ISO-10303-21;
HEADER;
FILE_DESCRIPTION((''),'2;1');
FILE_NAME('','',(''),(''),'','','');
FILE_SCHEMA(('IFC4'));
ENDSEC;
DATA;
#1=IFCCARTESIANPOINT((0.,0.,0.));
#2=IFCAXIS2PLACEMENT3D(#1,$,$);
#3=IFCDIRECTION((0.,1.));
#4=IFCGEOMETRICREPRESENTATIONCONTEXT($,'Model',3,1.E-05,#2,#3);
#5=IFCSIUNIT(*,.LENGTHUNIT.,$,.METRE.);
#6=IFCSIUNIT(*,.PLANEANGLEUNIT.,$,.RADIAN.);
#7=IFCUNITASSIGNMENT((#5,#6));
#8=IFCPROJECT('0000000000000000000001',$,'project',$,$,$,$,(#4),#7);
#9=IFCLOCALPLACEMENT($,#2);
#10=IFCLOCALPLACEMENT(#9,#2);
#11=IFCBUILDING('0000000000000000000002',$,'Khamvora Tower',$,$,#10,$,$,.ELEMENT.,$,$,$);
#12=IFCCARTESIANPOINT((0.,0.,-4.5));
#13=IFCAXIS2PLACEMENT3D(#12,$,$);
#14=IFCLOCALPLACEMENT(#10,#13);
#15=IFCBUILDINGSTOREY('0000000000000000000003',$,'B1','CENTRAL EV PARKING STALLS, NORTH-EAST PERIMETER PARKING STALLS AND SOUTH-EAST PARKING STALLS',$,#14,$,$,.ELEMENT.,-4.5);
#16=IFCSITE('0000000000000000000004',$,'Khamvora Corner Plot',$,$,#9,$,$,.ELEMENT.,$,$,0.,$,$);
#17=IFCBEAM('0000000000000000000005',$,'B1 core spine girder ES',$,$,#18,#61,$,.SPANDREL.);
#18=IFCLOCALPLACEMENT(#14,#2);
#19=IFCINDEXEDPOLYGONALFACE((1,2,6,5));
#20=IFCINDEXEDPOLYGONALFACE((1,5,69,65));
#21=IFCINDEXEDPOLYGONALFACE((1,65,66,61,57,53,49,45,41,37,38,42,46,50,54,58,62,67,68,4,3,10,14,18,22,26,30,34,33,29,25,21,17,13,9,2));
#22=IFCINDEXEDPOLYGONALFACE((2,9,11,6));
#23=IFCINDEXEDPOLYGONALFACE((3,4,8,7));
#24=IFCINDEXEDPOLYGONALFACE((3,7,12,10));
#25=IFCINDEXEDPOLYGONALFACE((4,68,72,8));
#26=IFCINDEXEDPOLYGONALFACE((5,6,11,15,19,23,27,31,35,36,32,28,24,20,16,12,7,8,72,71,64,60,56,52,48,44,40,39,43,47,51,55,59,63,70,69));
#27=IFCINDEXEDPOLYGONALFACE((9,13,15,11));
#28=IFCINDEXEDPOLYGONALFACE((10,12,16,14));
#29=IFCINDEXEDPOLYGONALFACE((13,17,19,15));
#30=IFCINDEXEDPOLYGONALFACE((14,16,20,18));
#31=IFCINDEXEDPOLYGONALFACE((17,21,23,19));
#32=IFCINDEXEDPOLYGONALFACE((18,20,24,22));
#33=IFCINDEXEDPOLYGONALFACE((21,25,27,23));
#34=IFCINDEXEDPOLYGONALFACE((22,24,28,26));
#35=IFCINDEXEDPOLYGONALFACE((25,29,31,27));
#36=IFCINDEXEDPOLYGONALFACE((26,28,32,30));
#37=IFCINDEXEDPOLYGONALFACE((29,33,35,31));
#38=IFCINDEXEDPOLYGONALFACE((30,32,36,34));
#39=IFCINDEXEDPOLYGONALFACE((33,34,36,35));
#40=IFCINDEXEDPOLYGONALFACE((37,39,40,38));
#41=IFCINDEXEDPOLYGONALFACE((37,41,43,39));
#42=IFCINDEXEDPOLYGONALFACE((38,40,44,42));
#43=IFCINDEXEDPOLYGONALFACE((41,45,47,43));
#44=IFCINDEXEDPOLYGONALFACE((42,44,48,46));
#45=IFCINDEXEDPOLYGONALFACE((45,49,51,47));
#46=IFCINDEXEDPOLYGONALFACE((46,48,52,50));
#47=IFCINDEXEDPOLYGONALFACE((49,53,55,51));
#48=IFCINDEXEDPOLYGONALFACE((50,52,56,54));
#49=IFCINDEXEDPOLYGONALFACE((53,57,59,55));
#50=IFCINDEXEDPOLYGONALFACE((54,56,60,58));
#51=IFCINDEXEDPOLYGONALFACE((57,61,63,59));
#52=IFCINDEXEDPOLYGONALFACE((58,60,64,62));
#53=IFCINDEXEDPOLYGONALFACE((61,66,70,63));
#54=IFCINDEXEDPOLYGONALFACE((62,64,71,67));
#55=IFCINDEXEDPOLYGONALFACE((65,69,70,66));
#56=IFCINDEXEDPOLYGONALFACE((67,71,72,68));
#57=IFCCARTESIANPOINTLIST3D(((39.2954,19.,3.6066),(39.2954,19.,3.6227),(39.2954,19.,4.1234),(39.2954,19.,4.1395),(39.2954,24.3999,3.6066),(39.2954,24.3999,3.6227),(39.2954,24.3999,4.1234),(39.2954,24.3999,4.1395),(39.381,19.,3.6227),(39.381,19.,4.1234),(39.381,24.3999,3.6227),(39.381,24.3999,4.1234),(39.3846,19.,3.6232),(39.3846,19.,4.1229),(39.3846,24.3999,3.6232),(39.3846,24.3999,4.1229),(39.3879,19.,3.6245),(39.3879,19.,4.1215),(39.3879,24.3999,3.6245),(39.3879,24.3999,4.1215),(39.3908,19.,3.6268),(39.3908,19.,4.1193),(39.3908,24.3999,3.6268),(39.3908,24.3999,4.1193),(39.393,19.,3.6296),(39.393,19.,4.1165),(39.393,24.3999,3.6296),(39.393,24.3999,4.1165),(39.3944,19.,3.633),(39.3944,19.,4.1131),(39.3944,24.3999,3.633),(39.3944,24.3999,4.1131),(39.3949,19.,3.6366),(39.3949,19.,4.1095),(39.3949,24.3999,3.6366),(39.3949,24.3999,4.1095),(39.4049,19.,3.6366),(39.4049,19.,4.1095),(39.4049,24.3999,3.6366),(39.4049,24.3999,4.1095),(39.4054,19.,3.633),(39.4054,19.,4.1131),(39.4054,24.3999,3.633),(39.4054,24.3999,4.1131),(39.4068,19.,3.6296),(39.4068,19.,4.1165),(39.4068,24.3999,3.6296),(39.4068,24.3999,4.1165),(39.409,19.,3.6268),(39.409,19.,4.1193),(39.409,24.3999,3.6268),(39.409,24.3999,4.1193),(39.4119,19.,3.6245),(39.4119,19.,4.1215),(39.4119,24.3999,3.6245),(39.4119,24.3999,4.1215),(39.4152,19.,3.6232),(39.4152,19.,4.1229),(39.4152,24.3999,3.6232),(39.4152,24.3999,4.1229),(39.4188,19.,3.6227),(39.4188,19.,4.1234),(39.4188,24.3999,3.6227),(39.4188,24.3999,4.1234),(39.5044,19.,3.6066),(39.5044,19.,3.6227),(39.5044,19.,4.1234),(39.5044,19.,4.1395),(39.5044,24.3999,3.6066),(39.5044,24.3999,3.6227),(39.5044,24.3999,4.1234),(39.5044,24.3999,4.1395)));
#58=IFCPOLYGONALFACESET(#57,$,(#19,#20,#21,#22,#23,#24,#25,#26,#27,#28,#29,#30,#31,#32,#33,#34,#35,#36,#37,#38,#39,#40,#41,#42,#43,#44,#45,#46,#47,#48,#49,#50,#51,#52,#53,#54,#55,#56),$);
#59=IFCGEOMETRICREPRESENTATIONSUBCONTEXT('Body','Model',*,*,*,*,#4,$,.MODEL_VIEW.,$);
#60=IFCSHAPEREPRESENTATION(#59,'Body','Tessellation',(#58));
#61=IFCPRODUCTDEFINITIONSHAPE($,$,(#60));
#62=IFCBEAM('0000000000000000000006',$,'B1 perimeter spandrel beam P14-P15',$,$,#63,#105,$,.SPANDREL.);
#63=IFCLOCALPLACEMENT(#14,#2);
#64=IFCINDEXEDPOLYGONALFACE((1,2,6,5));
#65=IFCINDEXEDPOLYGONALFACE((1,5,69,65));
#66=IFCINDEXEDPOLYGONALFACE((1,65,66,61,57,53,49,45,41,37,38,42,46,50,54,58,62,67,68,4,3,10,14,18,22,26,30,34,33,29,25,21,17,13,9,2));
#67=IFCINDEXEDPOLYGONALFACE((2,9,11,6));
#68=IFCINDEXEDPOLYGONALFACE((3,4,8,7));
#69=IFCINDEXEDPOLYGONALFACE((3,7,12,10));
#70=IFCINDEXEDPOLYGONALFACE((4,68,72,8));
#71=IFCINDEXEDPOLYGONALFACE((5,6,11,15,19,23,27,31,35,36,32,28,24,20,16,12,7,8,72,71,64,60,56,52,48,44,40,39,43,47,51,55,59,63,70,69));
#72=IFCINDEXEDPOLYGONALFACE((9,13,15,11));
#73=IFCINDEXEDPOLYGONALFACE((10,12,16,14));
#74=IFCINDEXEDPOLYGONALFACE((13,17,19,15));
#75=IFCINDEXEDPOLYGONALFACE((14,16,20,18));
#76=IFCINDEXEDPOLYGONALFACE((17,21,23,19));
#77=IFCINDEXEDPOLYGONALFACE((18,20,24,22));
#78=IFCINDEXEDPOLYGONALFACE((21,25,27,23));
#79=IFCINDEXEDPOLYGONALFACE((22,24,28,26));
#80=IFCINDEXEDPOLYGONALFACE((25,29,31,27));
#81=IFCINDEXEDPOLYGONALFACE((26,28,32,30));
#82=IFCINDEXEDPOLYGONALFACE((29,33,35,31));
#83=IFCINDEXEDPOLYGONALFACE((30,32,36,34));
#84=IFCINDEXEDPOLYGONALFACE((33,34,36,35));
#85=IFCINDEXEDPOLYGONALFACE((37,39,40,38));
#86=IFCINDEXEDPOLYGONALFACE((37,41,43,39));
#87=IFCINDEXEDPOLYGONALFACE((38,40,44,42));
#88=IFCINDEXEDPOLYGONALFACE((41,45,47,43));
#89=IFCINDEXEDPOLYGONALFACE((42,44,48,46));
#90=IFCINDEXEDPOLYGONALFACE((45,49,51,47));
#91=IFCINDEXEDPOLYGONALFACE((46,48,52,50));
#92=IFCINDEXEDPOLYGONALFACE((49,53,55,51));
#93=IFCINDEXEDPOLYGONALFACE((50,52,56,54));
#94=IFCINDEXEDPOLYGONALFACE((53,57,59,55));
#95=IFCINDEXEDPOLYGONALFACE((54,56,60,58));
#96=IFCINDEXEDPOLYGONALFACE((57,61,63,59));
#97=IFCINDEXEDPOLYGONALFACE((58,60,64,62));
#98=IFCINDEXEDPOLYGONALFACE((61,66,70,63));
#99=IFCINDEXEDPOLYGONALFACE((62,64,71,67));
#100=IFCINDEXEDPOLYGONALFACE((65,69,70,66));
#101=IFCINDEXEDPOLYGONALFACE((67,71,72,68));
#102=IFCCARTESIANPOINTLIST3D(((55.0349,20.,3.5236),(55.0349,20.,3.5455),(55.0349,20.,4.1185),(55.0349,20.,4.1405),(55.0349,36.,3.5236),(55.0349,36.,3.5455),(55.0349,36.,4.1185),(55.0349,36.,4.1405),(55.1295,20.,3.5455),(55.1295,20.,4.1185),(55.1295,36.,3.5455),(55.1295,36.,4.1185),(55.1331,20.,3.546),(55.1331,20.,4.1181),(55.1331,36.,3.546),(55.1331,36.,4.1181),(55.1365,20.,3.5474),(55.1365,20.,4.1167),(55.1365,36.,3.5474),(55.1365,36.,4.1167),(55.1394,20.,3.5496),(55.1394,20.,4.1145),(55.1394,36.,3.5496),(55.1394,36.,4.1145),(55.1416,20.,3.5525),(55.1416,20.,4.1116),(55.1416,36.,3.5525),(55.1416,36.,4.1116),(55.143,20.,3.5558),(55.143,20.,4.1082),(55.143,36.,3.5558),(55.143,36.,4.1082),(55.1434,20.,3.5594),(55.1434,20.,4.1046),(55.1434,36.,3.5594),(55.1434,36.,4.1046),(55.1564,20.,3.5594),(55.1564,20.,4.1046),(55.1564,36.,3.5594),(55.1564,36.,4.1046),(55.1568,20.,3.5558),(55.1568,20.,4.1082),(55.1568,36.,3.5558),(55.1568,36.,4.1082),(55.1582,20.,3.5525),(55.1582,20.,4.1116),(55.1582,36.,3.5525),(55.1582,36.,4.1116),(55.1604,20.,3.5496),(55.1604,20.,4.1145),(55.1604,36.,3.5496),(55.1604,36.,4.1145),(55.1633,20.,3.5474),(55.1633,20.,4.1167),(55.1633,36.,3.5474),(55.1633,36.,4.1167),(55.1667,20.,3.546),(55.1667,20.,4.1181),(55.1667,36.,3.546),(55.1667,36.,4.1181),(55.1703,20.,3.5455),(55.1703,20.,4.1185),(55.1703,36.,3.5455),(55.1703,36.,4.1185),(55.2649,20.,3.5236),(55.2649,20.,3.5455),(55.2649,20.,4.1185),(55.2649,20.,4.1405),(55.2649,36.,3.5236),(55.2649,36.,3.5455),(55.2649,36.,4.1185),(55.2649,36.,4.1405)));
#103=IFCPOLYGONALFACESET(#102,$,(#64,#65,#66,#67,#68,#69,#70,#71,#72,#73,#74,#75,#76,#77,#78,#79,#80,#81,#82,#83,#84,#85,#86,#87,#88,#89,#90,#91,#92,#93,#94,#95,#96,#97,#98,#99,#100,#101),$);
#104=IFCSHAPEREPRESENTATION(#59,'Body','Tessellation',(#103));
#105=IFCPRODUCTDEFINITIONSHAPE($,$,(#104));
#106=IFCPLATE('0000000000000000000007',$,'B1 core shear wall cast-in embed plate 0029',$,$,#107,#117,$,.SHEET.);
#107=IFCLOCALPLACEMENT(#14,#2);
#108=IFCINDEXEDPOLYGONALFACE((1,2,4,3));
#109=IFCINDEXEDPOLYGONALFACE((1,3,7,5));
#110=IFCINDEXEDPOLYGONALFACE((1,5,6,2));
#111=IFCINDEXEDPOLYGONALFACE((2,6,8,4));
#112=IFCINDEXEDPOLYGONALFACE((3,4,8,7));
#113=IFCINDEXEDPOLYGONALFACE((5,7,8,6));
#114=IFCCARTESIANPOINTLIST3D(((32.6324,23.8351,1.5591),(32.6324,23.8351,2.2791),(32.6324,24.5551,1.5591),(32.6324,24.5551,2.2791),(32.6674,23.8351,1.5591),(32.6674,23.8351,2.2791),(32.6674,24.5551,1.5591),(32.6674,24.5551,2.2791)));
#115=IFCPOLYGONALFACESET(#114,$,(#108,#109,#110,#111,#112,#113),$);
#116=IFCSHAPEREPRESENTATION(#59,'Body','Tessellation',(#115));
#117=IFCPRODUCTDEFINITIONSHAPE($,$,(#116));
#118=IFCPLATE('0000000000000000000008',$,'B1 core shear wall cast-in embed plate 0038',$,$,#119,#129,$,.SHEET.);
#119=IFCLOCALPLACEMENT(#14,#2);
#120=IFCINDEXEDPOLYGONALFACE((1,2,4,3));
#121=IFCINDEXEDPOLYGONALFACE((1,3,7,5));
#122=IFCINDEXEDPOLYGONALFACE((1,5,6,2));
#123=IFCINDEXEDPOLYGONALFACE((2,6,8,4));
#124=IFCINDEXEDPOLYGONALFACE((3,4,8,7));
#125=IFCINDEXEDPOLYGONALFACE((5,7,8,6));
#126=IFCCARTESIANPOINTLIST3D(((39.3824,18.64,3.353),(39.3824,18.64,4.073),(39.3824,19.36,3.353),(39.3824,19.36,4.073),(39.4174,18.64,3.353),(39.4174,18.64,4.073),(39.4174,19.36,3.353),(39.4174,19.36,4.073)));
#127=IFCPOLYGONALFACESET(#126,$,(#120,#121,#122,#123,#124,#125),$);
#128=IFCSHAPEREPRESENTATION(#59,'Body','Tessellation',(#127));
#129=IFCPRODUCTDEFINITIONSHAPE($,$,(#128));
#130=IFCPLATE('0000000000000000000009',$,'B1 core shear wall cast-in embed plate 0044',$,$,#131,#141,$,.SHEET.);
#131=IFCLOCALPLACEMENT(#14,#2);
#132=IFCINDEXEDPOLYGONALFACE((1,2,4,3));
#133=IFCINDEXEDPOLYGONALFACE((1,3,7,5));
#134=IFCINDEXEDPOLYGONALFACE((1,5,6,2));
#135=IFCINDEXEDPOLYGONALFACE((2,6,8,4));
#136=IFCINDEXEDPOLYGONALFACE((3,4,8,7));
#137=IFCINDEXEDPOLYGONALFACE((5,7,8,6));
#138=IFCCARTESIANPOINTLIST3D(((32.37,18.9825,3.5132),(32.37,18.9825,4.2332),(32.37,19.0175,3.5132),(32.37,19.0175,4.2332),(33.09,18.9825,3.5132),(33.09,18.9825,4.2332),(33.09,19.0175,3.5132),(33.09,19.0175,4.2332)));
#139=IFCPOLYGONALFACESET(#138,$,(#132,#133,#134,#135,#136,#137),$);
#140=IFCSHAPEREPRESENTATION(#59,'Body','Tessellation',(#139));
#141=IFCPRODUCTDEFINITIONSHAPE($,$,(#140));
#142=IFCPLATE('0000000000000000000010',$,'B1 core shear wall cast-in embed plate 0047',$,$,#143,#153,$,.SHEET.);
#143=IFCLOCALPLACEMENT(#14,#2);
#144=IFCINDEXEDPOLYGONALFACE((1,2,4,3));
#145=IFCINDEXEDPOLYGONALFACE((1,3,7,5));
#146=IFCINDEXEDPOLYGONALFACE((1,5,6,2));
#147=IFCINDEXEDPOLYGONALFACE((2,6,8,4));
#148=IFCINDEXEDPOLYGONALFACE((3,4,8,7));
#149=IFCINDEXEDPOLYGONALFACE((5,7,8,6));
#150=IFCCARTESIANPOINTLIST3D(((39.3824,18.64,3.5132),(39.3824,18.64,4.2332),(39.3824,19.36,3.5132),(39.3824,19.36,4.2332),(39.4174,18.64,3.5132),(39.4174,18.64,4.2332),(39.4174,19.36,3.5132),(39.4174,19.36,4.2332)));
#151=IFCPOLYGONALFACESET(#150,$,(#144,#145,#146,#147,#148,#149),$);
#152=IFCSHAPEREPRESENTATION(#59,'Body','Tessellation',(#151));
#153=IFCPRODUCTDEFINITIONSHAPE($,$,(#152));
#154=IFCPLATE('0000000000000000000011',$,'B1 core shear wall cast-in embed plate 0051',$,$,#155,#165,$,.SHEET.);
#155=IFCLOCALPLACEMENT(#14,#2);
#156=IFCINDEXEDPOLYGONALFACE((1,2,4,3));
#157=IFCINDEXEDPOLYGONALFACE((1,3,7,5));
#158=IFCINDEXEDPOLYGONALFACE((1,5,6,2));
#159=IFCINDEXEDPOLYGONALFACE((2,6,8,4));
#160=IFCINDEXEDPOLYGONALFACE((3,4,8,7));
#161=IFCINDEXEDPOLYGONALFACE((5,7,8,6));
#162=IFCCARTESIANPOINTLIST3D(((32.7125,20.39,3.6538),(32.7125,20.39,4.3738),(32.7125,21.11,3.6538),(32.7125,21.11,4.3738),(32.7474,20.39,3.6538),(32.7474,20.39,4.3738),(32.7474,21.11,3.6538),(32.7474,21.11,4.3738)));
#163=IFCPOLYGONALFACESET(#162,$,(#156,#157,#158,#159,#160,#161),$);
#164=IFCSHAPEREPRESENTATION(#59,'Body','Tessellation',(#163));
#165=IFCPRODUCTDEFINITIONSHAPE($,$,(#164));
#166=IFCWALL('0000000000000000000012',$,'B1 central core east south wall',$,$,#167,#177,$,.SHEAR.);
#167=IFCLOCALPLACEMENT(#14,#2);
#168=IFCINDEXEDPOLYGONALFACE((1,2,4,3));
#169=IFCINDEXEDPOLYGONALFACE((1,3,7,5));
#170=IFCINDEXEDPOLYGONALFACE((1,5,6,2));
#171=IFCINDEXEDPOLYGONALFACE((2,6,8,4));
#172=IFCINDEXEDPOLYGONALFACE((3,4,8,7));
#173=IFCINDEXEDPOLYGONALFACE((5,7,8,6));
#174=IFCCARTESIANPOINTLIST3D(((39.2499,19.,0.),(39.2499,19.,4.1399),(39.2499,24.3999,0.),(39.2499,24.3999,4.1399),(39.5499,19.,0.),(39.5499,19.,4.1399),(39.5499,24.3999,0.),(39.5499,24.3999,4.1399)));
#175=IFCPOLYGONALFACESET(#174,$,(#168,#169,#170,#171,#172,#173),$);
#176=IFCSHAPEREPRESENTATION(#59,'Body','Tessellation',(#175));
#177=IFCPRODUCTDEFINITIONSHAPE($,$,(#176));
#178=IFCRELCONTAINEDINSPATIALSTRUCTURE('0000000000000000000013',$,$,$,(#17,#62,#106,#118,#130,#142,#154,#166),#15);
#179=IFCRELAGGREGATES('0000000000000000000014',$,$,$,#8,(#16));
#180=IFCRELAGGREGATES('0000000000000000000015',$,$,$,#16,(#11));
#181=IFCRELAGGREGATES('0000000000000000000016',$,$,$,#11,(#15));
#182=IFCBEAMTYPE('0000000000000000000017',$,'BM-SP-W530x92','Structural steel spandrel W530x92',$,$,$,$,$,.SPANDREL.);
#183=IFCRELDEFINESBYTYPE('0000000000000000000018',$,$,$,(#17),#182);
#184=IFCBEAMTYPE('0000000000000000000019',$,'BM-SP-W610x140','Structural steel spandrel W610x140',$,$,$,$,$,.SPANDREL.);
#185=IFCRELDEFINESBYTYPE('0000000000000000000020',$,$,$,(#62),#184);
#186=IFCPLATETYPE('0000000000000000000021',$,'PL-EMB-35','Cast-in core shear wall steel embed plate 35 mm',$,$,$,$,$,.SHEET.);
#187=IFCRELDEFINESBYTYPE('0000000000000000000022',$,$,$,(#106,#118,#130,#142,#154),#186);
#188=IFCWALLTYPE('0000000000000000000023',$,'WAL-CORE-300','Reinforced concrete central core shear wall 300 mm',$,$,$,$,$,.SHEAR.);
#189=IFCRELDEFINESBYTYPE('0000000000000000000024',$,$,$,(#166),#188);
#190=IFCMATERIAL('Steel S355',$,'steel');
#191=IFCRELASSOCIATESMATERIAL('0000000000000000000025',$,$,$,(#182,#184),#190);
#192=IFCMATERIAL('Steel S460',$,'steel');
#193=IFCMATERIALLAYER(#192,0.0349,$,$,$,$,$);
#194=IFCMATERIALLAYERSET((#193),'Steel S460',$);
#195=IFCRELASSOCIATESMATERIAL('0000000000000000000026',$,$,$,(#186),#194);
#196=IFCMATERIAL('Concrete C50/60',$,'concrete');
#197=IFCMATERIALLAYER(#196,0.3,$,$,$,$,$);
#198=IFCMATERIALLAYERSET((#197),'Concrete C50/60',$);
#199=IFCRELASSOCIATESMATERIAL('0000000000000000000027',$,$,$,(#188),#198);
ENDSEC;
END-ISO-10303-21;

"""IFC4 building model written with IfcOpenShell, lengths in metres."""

from ifc_helpers import new_model, si_unit, direction, frame, frame_2d, origin, origin_2d, place, context, subcontext, project, spatial, rectangle, i_section, extrude, material, layer, layer_set, material_profile, profile_set, type_object, element, save


model = new_model("IFC4")

# Units and contexts
model_context = context("Model", 3, precision=1e-05, world=origin(), true_north=direction((0.0, 1.0)))
body_context = subcontext(model_context, "Body", "Model", "MODEL_VIEW")
ifc_project = project(units=[si_unit("LENGTHUNIT", "METRE"), si_unit("PLANEANGLEUNIT", "RADIAN")], contexts=[model_context])

# Site, building, storey
site_placement = place(None, origin())
site = spatial("IfcSite", under=ifc_project, at=site_placement, Name="Khamvora Corner Plot", CompositionType="ELEMENT", RefElevation=0.0)
building_placement = place(site_placement, origin())
building = spatial("IfcBuilding", under=site, at=building_placement, Name="Khamvora Tower", CompositionType="ELEMENT")
storey_placement = place(building_placement, frame((0.0, 0.0, -4.5)))
storey = spatial("IfcBuildingStorey", under=building, at=storey_placement, Name="B1", Description="CENTRAL EV PARKING STALLS, NORTH-EAST PERIMETER PARKING STALLS AND SOUTH-EAST PARKING STALLS", CompositionType="ELEMENT", Elevation=-4.5)

# Shared definitions
ifc_material_1 = material(Name="Steel S460", Category="steel")

# Beams
ifc_material_2 = material(Name="Steel S355", Category="steel")
ifc_material_profile_1 = material_profile(ifc_material_2, i_section(OverallWidth=0.209, OverallDepth=0.533, WebThickness=0.01, FlangeThickness=0.0161, FilletRadius=0.0139, at=origin_2d()), Name="W530x92")
ifc_profile_set_1 = profile_set([ifc_material_profile_1], Name="Steel S355")
beam_type_1 = type_object("IfcBeamType", Name="BM-SP-W530x92", Description="Structural steel spandrel W530x92", PredefinedType="SPANDREL", material=ifc_profile_set_1)
beam_1_placement = place(storey_placement, frame((39.3999, 19.0, 3.873), z_axis=(0.0, 1.0, 0.0), x_axis=(-1.0, 0.0, 0.0)))
element("IfcBeam", 1, at=beam_1_placement, inside=storey, type_object=beam_type_1, Name="B1 core spine girder ES", PredefinedType="SPANDREL", context=body_context, shape_type="SweptSolid", body=[
    extrude(i_section(OverallWidth=0.209, OverallDepth=0.533, WebThickness=0.01, FlangeThickness=0.0161, FilletRadius=0.0139, at=origin_2d()), origin(), (0.0, 0.0, 1.0), 5.3999),
])
ifc_material_profile_2 = material_profile(ifc_material_2, i_section(OverallWidth=0.23, OverallDepth=0.6169, WebThickness=0.0129, FlangeThickness=0.022, FilletRadius=0.0139, at=origin_2d()), Name="W610x140")
ifc_profile_set_2 = profile_set([ifc_material_profile_2], Name="Steel S355")
beam_type_2 = type_object("IfcBeamType", Name="BM-SP-W610x140", Description="Structural steel spandrel W610x140", PredefinedType="SPANDREL", material=ifc_profile_set_2)
beam_2_placement = place(storey_placement, frame((55.1499, 20.0, 3.832), z_axis=(0.0, 1.0, 0.0), x_axis=(-1.0, 0.0, 0.0)))
element("IfcBeam", 2, at=beam_2_placement, inside=storey, type_object=beam_type_2, Name="B1 perimeter spandrel beam P14-P15", PredefinedType="SPANDREL", context=body_context, shape_type="SweptSolid", body=[
    extrude(i_section(OverallWidth=0.23, OverallDepth=0.6169, WebThickness=0.0129, FlangeThickness=0.022, FilletRadius=0.0139, at=origin_2d()), origin(), (0.0, 0.0, 1.0), 16.0),
])

# Plates
ifc_layer_1 = layer(ifc_material_1, 0.0349)
ifc_layer_set_1 = layer_set([ifc_layer_1], Name="Steel S460")
plate_type = type_object("IfcPlateType", Name="PL-EMB-35", Description="Cast-in core shear wall steel embed plate 35 mm", PredefinedType="SHEET", material=ifc_layer_set_1)
for number, where, z_axis, x_axis, name in (
    (3, (32.6499, 24.1951, 1.5591), (0.0, 0.0, 1.0), (1.0, 0.0, 0.0), "B1 core shear wall cast-in embed plate 0029"),
    (4, (39.3999, 19.0, 3.353), (0.0, 0.0, 1.0), (1.0, 0.0, 0.0), "B1 core shear wall cast-in embed plate 0038"),
):
    element("IfcPlate", number, at=place(storey_placement, frame(where, z_axis=z_axis, x_axis=x_axis)), inside=storey, type_object=plate_type, Name=name, PredefinedType="SHEET", context=body_context, shape_type="SweptSolid", body=[
        extrude(rectangle(XDim=0.0349, YDim=0.72, at=origin_2d()), origin(), (0.0, 0.0, 1.0), 0.72),
    ])
plate_placement = place(storey_placement, frame((32.73, 19.0, 3.5132), z_axis=(0.0, 0.0, 1.0), x_axis=(1.0, 0.0, 0.0)))
element("IfcPlate", 5, at=plate_placement, inside=storey, type_object=plate_type, Name="B1 core shear wall cast-in embed plate 0044", PredefinedType="SHEET", context=body_context, shape_type="SweptSolid", body=[
    extrude(rectangle(XDim=0.72, YDim=0.0349, at=origin_2d()), origin(), (0.0, 0.0, 1.0), 0.72),
])
for number, where, z_axis, x_axis, name in (
    (6, (39.3999, 19.0, 3.5132), (0.0, 0.0, 1.0), (1.0, 0.0, 0.0), "B1 core shear wall cast-in embed plate 0047"),
    (7, (32.73, 20.75, 3.6538), (0.0, 0.0, 1.0), (1.0, 0.0, 0.0), "B1 core shear wall cast-in embed plate 0051"),
):
    element("IfcPlate", number, at=place(storey_placement, frame(where, z_axis=z_axis, x_axis=x_axis)), inside=storey, type_object=plate_type, Name=name, PredefinedType="SHEET", context=body_context, shape_type="SweptSolid", body=[
        extrude(rectangle(XDim=0.0349, YDim=0.72, at=origin_2d()), origin(), (0.0, 0.0, 1.0), 0.72),
    ])

# Wall
ifc_material_3 = material(Name="Concrete C50/60", Category="concrete")
ifc_layer_2 = layer(ifc_material_3, 0.3)
ifc_layer_set_2 = layer_set([ifc_layer_2], Name="Concrete C50/60")
wall_type_1 = type_object("IfcWallType", Name="WAL-CORE-300", Description="Reinforced concrete central core shear wall 300 mm", PredefinedType="SHEAR", material=ifc_layer_set_2)
wall_1_placement = place(storey_placement, frame((39.3999, 19.0, 0.0), z_axis=(0.0, 0.0, 1.0), x_axis=(0.0, 1.0, 0.0)))
element("IfcWall", 8, at=wall_1_placement, inside=storey, type_object=wall_type_1, Name="B1 central core east south wall", PredefinedType="SHEAR", context=body_context, shape_type="SweptSolid", body=[
    extrude(rectangle(XDim=5.3999, YDim=0.3, at=frame_2d((2.7, 0.0))), origin(), (0.0, 0.0, 1.0), 4.1399),
])

save(model, "model.ifc")
